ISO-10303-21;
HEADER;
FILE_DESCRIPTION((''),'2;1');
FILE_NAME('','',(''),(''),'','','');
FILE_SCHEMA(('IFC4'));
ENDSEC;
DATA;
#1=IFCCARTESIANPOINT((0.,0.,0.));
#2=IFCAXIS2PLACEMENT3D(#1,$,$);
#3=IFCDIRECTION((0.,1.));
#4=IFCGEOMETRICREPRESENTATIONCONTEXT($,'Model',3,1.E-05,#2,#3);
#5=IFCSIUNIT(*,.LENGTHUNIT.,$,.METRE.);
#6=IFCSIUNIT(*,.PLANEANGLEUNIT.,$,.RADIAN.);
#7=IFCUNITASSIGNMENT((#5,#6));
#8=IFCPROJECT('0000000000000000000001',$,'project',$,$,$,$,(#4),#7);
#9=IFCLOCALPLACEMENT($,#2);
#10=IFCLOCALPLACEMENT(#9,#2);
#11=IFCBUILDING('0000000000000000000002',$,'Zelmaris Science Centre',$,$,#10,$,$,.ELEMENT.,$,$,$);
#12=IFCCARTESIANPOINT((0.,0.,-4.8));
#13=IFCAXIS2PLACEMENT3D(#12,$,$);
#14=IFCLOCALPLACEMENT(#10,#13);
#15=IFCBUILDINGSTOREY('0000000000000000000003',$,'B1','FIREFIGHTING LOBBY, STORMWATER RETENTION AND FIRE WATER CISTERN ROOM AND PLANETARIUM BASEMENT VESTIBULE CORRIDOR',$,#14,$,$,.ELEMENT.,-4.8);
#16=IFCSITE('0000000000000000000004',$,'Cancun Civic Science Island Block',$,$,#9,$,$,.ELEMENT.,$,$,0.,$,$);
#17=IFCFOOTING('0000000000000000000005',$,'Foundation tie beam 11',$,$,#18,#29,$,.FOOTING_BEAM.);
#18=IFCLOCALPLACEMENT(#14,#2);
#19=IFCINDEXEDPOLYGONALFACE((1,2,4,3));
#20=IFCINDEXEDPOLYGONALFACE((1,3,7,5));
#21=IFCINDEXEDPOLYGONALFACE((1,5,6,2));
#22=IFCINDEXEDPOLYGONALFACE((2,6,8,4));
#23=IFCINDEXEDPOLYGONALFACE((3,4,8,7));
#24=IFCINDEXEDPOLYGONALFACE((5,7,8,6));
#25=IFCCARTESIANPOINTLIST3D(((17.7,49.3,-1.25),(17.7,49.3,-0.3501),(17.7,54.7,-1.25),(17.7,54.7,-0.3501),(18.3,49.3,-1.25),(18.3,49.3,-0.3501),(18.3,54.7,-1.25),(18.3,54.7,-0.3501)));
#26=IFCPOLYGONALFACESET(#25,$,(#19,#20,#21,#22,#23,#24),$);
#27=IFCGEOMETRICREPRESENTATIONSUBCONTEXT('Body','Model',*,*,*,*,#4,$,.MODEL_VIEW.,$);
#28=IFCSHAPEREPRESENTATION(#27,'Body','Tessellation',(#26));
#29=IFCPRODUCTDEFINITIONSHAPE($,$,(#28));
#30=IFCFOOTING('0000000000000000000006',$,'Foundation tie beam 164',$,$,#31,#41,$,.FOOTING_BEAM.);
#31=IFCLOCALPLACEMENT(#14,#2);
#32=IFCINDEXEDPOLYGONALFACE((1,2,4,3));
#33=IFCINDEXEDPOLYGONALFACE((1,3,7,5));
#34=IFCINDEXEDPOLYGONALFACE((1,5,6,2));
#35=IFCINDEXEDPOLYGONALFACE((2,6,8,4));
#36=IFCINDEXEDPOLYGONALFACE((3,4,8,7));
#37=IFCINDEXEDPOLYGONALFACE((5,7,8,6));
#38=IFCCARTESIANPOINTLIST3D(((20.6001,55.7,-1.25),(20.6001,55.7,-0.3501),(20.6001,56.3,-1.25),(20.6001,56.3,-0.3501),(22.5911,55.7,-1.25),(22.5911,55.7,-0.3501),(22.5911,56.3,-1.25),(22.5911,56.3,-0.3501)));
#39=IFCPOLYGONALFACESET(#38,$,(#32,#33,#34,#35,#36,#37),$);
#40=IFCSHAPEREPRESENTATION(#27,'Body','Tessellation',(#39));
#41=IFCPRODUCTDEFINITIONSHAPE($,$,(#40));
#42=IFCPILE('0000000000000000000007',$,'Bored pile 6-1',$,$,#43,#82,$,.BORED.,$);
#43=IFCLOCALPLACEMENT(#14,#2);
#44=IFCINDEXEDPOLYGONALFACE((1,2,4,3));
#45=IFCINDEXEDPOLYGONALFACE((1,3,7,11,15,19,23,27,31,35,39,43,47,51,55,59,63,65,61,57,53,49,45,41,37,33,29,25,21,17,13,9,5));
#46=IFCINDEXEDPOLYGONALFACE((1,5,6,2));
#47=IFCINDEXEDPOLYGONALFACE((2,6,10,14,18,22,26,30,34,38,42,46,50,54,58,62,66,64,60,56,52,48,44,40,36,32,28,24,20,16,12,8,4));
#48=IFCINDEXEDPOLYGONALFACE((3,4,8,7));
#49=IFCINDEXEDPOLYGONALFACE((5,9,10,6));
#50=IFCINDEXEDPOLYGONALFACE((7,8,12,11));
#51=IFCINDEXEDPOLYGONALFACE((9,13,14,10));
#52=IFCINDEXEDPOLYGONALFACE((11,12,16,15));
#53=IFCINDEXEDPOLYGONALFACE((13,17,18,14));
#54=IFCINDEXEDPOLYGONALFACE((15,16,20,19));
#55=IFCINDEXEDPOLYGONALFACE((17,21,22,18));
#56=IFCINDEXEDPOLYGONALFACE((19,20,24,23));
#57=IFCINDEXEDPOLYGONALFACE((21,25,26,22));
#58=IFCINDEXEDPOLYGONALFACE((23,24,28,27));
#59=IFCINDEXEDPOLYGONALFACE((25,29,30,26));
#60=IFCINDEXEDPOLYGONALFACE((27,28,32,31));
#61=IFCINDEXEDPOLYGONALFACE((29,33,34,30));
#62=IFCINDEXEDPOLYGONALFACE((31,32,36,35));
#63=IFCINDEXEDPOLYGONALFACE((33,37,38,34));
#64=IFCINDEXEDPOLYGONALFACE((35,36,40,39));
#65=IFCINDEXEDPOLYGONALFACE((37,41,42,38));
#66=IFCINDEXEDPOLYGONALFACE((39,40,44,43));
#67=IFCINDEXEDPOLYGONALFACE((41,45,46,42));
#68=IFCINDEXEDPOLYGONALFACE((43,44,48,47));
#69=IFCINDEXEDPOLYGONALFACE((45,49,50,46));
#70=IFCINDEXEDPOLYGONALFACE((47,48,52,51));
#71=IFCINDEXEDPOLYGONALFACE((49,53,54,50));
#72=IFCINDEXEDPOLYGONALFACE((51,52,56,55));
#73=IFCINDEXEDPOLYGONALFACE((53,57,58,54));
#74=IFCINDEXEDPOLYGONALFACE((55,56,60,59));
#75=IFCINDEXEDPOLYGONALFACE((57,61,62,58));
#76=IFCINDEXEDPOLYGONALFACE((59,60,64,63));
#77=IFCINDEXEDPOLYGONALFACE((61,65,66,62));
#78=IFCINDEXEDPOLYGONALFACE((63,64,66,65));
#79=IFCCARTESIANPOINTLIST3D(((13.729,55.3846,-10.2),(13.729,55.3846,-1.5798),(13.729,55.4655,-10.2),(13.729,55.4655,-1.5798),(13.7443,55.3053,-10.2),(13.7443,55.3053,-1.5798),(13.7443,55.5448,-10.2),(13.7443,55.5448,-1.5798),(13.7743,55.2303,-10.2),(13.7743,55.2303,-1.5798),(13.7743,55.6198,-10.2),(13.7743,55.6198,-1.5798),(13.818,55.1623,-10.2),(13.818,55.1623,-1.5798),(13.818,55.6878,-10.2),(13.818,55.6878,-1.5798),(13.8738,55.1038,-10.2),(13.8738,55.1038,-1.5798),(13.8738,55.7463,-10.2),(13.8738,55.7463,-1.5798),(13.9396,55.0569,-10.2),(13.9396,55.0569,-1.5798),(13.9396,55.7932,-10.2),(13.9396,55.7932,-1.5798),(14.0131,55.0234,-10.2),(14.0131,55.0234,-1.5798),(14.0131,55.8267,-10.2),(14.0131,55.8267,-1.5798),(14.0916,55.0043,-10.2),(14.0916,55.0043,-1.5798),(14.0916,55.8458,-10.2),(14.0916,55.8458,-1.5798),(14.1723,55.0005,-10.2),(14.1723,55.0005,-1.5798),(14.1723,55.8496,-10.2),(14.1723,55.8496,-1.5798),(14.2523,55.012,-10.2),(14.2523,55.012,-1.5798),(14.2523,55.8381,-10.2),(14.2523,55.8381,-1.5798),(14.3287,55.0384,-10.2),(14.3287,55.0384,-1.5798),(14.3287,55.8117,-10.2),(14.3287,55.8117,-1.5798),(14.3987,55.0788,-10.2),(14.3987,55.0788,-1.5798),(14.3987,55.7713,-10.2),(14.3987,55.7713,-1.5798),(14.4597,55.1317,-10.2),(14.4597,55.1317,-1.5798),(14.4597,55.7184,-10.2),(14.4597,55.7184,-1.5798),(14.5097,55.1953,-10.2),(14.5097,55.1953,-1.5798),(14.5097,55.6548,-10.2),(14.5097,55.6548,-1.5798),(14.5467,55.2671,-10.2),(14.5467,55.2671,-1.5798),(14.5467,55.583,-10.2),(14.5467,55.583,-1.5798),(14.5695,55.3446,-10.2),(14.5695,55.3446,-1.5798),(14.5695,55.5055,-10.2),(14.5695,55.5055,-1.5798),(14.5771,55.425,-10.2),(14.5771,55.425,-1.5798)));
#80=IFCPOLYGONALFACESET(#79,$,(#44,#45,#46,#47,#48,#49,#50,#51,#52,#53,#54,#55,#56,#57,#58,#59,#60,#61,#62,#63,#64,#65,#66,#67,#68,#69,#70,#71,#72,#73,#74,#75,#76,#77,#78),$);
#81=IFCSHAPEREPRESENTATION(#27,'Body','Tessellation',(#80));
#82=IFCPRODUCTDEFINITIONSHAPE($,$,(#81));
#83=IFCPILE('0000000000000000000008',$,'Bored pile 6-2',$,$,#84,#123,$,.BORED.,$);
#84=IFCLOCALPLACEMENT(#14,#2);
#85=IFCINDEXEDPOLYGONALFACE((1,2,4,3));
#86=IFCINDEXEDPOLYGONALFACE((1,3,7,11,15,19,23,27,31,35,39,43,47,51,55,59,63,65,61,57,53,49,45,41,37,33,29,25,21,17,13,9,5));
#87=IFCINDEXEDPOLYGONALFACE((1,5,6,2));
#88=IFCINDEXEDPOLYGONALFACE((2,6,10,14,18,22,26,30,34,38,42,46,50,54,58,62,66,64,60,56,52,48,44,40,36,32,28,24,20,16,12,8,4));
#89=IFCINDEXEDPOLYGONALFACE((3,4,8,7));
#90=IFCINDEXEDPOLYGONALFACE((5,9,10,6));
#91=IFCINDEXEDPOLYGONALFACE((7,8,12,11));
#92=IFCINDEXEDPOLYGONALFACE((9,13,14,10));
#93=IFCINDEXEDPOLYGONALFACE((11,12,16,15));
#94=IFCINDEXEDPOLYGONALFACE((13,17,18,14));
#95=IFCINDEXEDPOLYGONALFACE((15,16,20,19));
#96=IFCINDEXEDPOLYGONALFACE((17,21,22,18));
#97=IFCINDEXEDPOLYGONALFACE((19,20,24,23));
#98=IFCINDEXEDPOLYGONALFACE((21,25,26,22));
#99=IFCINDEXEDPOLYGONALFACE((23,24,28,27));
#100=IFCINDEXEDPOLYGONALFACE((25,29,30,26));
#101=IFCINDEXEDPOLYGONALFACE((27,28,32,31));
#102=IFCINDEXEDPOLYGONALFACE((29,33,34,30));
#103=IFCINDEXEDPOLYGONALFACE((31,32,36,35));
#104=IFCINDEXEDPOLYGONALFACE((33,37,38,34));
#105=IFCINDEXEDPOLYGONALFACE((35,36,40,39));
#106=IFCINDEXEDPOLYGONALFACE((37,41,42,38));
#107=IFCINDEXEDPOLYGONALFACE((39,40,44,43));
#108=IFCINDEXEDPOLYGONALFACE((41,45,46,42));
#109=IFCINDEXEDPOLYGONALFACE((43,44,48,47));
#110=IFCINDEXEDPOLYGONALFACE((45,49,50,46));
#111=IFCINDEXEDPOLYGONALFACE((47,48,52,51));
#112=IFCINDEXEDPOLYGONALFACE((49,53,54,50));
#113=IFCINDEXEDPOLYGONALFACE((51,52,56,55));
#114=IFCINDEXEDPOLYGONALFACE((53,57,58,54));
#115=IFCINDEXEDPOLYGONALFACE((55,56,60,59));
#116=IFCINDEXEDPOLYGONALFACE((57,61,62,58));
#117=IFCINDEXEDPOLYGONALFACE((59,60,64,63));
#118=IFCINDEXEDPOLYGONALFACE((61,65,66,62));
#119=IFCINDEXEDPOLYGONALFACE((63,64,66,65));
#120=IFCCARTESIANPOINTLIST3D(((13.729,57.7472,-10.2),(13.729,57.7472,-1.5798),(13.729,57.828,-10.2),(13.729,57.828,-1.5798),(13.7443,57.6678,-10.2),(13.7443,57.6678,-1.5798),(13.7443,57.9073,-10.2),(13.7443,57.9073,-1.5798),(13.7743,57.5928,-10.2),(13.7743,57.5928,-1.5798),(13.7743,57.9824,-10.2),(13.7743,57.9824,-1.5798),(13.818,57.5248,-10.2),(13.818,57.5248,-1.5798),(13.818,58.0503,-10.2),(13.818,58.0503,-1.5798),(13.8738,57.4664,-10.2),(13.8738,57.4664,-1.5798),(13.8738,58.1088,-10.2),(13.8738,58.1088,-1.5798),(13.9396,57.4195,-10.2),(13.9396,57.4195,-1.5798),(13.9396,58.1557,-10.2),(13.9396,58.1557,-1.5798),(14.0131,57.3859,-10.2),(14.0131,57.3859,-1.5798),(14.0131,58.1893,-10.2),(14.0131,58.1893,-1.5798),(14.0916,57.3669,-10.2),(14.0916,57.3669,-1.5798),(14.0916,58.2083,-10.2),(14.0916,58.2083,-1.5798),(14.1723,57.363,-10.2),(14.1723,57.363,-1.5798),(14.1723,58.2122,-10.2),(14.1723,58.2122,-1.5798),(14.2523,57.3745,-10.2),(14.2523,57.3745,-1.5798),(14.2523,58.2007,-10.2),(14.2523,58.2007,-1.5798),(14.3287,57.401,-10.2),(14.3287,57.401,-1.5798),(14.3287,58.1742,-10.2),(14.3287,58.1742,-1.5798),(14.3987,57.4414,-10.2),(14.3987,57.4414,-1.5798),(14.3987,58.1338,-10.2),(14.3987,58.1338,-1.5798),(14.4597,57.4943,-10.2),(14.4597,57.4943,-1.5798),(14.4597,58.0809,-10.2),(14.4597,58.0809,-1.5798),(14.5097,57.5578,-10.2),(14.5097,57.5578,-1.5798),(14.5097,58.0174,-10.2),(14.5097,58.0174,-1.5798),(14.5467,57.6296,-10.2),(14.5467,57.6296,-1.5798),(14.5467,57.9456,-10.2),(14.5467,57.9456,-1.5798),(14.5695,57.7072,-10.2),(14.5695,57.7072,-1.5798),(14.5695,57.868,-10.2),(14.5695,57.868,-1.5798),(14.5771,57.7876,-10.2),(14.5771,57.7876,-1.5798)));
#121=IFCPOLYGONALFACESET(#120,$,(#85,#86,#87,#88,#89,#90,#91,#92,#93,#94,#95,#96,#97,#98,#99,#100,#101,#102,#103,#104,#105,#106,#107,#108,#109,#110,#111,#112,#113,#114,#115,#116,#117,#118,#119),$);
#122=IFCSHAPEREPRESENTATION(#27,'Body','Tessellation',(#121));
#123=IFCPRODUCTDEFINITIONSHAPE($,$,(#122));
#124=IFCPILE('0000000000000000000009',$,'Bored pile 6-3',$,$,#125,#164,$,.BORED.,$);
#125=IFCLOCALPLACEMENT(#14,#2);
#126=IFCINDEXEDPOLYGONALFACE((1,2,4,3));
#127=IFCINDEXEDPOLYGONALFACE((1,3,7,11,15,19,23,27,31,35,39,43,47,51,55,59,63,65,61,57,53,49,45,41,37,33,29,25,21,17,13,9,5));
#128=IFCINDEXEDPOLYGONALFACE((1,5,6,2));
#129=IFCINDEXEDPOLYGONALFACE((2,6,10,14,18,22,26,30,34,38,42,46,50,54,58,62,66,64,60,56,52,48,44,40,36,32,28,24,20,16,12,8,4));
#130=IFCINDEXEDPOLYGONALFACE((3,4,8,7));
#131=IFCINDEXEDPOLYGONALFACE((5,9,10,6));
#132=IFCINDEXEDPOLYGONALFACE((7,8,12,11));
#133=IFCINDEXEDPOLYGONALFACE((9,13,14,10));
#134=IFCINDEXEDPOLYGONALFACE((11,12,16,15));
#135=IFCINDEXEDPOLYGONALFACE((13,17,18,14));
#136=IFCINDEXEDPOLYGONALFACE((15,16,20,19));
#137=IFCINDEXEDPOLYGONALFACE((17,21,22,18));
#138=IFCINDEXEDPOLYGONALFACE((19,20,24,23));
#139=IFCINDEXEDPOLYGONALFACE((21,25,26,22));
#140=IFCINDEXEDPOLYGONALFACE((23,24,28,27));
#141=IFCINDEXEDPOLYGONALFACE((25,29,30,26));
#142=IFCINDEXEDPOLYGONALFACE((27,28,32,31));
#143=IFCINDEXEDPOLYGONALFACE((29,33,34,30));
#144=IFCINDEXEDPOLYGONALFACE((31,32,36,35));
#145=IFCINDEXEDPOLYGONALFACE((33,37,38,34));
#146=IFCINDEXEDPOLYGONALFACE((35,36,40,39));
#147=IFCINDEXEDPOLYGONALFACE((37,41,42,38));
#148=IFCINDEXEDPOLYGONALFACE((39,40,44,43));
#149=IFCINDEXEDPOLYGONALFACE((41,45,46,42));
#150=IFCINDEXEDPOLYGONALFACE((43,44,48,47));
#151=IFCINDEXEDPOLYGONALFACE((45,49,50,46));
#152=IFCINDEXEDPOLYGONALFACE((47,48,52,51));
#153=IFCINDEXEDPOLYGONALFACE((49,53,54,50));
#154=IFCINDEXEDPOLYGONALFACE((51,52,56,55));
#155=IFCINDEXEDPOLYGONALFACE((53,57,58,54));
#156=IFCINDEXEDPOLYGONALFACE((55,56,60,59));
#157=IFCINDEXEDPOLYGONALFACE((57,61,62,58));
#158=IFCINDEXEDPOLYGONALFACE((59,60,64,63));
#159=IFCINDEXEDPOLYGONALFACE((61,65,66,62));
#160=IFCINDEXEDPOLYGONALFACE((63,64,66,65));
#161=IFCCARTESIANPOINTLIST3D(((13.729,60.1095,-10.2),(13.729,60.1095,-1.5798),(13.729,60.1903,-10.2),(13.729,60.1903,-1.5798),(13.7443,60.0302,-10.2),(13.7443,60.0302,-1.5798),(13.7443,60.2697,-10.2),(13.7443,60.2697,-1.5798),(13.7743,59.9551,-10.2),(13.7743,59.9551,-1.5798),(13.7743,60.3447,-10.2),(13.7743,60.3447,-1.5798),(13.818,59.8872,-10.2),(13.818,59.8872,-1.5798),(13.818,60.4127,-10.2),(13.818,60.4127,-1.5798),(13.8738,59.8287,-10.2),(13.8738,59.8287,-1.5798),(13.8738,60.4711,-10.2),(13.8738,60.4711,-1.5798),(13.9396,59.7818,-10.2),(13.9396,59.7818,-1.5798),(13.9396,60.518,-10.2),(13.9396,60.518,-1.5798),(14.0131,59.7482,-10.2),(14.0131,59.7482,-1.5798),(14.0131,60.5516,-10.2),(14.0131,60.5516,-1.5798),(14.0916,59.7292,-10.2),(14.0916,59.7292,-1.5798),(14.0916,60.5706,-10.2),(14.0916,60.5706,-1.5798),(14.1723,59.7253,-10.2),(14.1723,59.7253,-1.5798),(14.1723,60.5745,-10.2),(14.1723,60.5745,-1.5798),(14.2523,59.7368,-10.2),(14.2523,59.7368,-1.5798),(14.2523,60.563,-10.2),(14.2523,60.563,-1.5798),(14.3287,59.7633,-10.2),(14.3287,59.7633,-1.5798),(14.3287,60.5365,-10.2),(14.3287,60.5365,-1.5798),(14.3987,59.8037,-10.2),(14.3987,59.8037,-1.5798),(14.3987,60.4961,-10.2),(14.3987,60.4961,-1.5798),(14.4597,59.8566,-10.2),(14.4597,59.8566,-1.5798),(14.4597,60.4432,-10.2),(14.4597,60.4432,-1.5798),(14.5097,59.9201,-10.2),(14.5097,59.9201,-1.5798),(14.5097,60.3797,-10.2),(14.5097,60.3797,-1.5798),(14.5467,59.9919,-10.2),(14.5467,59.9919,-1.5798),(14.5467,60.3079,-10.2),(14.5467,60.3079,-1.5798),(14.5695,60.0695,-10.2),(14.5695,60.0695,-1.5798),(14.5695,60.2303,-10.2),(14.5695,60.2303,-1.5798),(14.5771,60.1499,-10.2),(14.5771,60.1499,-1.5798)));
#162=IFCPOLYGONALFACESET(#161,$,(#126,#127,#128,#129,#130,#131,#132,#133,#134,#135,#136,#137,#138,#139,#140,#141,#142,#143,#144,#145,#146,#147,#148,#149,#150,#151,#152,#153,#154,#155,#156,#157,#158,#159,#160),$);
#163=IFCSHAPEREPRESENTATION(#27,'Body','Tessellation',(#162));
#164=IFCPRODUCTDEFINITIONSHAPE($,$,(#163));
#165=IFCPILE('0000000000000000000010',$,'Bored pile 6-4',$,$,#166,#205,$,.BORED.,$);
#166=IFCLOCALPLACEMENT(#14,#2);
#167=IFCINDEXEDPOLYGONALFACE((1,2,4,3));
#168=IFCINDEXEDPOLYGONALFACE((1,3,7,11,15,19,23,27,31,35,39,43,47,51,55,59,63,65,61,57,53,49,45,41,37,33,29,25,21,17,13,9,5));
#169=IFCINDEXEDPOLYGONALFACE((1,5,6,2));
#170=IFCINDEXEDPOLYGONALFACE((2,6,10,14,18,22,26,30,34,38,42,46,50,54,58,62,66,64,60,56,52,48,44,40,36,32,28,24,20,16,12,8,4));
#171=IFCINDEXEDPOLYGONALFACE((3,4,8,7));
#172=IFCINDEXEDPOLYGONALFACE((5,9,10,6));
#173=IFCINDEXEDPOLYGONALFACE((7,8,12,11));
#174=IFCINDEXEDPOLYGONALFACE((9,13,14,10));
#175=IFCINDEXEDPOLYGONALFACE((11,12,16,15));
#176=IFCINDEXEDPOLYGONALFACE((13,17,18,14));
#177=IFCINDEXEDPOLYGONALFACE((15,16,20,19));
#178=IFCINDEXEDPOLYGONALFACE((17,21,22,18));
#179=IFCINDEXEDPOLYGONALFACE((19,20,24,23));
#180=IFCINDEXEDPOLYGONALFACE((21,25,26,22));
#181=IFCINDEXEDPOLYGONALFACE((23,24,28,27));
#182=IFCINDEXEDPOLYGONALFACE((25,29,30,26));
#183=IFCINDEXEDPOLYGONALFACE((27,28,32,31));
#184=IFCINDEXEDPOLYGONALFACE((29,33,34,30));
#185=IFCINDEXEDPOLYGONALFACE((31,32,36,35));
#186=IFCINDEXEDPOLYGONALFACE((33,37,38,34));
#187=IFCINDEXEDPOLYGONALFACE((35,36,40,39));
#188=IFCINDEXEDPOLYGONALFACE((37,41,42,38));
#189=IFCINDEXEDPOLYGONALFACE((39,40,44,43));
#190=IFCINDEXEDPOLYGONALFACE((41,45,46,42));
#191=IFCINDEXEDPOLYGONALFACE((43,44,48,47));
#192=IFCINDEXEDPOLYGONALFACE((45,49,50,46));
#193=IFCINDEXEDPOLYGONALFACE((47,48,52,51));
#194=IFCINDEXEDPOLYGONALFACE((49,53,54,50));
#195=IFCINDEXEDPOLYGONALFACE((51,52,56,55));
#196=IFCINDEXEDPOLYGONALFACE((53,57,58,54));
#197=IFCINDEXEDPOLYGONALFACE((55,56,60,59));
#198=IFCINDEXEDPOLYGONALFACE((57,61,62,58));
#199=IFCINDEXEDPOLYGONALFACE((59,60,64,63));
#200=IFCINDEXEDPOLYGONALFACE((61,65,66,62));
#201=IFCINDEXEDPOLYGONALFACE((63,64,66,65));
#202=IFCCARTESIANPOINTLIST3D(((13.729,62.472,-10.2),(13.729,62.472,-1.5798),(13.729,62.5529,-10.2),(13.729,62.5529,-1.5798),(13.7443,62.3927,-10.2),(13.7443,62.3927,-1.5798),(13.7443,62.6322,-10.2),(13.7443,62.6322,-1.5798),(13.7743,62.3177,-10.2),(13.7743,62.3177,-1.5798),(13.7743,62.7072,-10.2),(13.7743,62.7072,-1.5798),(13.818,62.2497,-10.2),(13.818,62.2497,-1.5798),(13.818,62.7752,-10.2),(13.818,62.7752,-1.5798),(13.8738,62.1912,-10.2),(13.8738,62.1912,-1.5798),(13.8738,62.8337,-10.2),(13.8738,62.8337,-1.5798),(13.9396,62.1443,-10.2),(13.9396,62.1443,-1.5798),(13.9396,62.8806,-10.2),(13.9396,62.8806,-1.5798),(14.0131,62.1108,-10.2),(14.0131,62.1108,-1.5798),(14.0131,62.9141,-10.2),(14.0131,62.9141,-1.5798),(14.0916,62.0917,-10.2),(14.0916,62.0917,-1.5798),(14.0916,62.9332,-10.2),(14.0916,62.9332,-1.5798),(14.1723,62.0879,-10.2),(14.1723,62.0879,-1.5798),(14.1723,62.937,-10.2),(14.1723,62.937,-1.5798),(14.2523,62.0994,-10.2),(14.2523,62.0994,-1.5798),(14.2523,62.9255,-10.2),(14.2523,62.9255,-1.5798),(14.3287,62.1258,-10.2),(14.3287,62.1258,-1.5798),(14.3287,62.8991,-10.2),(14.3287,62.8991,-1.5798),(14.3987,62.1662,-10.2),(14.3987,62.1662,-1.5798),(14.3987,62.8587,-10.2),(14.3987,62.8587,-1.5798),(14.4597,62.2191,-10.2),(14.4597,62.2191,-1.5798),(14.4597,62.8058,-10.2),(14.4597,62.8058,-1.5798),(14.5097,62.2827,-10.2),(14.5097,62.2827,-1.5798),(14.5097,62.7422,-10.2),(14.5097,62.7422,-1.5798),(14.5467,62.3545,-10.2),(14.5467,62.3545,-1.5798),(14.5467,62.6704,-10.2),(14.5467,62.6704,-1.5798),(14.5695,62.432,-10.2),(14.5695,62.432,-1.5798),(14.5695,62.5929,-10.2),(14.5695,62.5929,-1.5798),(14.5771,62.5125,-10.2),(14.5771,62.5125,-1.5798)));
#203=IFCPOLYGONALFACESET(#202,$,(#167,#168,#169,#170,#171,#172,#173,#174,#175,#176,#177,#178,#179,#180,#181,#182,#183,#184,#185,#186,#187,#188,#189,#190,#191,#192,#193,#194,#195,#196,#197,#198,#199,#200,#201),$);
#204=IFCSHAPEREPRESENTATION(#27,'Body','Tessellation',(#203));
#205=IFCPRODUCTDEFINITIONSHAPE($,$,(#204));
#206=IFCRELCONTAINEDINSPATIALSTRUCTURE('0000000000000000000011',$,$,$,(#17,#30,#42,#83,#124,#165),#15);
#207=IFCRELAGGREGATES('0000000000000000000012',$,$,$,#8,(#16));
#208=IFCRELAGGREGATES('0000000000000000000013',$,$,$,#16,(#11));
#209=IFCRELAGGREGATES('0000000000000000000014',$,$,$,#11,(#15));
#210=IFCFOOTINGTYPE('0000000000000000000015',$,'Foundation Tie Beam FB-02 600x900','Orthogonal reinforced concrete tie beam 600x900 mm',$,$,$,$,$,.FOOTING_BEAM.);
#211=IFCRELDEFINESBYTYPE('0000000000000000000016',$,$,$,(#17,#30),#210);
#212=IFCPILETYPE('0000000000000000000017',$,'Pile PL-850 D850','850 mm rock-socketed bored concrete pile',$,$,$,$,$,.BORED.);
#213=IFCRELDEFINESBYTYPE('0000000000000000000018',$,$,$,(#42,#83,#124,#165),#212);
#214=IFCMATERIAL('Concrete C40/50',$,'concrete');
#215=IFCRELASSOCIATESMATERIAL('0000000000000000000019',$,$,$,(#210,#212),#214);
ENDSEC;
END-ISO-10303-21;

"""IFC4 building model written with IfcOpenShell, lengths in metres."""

from ifc_helpers import new_model, si_unit, direction, frame, origin, origin_2d, place, context, subcontext, project, spatial, rectangle, circle, extrude, material, material_profile, profile_set, type_object, element, save


model = new_model("IFC4")

# Units and contexts
model_context = context("Model", 3, precision=1e-05, world=origin(), true_north=direction((0.0, 1.0)))
body_context = subcontext(model_context, "Body", "Model", "MODEL_VIEW")
ifc_project = project(units=[si_unit("LENGTHUNIT", "METRE"), si_unit("PLANEANGLEUNIT", "RADIAN")], contexts=[model_context])

# Site, building, storey
site_placement = place(None, origin())
site = spatial("IfcSite", under=ifc_project, at=site_placement, Name="Cancun Civic Science Island Block", CompositionType="ELEMENT", RefElevation=0.0)
building_placement = place(site_placement, origin())
building = spatial("IfcBuilding", under=site, at=building_placement, Name="Zelmaris Science Centre", CompositionType="ELEMENT")
storey_placement = place(building_placement, frame((0.0, 0.0, -4.8)))
storey = spatial("IfcBuildingStorey", under=building, at=storey_placement, Name="B1", Description="FIREFIGHTING LOBBY, STORMWATER RETENTION AND FIRE WATER CISTERN ROOM AND PLANETARIUM BASEMENT VESTIBULE CORRIDOR", CompositionType="ELEMENT", Elevation=-4.8)

# Footings
ifc_material_1 = material(Name="Concrete C40/50", Category="concrete")
ifc_material_profile_1 = material_profile(ifc_material_1, rectangle(XDim=0.6001, YDim=0.8999, at=origin_2d()), Name="FB-600X900")
ifc_profile_set_1 = profile_set([ifc_material_profile_1], Name="Concrete C40/50")
footing_type = type_object("IfcFootingType", Name="Foundation Tie Beam FB-02 600x900", Description="Orthogonal reinforced concrete tie beam 600x900 mm", PredefinedType="FOOTING_BEAM", material=ifc_profile_set_1)
footing_1_placement = place(storey_placement, frame((18.0, 49.3, -0.8), z_axis=(0.0, 1.0, 0.0), x_axis=(-1.0, 0.0, 0.0)))
element("IfcFooting", 1, at=footing_1_placement, inside=storey, type_object=footing_type, Name="Foundation tie beam 11", PredefinedType="FOOTING_BEAM", context=body_context, shape_type="SweptSolid", body=[
    extrude(rectangle(XDim=0.6001, YDim=0.8999, at=origin_2d()), origin(), (0.0, 0.0, 1.0), 5.3999),
])
footing_2_placement = place(storey_placement, frame((20.6001, 56.0, -0.8), z_axis=(1.0, 0.0, 0.0), x_axis=(0.0, 1.0, 0.0)))
element("IfcFooting", 2, at=footing_2_placement, inside=storey, type_object=footing_type, Name="Foundation tie beam 164", PredefinedType="FOOTING_BEAM", context=body_context, shape_type="SweptSolid", body=[
    extrude(rectangle(XDim=0.6001, YDim=0.8999, at=origin_2d()), origin(), (0.0, 0.0, 1.0), 1.991),
])

# Piles
ifc_material_profile_2 = material_profile(ifc_material_1, circle(Radius=0.425, at=origin_2d()), Name="PILE-850")
ifc_profile_set_2 = profile_set([ifc_material_profile_2], Name="Concrete C40/50")
pile_type_1 = type_object("IfcPileType", Name="Pile PL-850 D850", Description="850 mm rock-socketed bored concrete pile", PredefinedType="BORED", material=ifc_profile_set_2)
for number, where, z_axis, x_axis, name in (
    (3, (14.1521, 55.425, -1.5798), (0.0, 0.0, -1.0), (1.0, 0.0, 0.0), "Bored pile 6-1"),
    (4, (14.1521, 57.7876, -1.5798), (0.0, 0.0, -1.0), (1.0, 0.0, 0.0), "Bored pile 6-2"),
    (5, (14.1521, 60.1499, -1.5798), (0.0, 0.0, -1.0), (1.0, 0.0, 0.0), "Bored pile 6-3"),
    (6, (14.1521, 62.5125, -1.5798), (0.0, 0.0, -1.0), (1.0, 0.0, 0.0), "Bored pile 6-4"),
):
    element("IfcPile", number, at=place(storey_placement, frame(where, z_axis=z_axis, x_axis=x_axis)), inside=storey, type_object=pile_type_1, Name=name, PredefinedType="BORED", context=body_context, shape_type="SweptSolid", body=[
        extrude(circle(Radius=0.425, at=origin_2d()), origin(), (0.0, 0.0, 1.0), 8.6201),
    ])

save(model, "model.ifc")
